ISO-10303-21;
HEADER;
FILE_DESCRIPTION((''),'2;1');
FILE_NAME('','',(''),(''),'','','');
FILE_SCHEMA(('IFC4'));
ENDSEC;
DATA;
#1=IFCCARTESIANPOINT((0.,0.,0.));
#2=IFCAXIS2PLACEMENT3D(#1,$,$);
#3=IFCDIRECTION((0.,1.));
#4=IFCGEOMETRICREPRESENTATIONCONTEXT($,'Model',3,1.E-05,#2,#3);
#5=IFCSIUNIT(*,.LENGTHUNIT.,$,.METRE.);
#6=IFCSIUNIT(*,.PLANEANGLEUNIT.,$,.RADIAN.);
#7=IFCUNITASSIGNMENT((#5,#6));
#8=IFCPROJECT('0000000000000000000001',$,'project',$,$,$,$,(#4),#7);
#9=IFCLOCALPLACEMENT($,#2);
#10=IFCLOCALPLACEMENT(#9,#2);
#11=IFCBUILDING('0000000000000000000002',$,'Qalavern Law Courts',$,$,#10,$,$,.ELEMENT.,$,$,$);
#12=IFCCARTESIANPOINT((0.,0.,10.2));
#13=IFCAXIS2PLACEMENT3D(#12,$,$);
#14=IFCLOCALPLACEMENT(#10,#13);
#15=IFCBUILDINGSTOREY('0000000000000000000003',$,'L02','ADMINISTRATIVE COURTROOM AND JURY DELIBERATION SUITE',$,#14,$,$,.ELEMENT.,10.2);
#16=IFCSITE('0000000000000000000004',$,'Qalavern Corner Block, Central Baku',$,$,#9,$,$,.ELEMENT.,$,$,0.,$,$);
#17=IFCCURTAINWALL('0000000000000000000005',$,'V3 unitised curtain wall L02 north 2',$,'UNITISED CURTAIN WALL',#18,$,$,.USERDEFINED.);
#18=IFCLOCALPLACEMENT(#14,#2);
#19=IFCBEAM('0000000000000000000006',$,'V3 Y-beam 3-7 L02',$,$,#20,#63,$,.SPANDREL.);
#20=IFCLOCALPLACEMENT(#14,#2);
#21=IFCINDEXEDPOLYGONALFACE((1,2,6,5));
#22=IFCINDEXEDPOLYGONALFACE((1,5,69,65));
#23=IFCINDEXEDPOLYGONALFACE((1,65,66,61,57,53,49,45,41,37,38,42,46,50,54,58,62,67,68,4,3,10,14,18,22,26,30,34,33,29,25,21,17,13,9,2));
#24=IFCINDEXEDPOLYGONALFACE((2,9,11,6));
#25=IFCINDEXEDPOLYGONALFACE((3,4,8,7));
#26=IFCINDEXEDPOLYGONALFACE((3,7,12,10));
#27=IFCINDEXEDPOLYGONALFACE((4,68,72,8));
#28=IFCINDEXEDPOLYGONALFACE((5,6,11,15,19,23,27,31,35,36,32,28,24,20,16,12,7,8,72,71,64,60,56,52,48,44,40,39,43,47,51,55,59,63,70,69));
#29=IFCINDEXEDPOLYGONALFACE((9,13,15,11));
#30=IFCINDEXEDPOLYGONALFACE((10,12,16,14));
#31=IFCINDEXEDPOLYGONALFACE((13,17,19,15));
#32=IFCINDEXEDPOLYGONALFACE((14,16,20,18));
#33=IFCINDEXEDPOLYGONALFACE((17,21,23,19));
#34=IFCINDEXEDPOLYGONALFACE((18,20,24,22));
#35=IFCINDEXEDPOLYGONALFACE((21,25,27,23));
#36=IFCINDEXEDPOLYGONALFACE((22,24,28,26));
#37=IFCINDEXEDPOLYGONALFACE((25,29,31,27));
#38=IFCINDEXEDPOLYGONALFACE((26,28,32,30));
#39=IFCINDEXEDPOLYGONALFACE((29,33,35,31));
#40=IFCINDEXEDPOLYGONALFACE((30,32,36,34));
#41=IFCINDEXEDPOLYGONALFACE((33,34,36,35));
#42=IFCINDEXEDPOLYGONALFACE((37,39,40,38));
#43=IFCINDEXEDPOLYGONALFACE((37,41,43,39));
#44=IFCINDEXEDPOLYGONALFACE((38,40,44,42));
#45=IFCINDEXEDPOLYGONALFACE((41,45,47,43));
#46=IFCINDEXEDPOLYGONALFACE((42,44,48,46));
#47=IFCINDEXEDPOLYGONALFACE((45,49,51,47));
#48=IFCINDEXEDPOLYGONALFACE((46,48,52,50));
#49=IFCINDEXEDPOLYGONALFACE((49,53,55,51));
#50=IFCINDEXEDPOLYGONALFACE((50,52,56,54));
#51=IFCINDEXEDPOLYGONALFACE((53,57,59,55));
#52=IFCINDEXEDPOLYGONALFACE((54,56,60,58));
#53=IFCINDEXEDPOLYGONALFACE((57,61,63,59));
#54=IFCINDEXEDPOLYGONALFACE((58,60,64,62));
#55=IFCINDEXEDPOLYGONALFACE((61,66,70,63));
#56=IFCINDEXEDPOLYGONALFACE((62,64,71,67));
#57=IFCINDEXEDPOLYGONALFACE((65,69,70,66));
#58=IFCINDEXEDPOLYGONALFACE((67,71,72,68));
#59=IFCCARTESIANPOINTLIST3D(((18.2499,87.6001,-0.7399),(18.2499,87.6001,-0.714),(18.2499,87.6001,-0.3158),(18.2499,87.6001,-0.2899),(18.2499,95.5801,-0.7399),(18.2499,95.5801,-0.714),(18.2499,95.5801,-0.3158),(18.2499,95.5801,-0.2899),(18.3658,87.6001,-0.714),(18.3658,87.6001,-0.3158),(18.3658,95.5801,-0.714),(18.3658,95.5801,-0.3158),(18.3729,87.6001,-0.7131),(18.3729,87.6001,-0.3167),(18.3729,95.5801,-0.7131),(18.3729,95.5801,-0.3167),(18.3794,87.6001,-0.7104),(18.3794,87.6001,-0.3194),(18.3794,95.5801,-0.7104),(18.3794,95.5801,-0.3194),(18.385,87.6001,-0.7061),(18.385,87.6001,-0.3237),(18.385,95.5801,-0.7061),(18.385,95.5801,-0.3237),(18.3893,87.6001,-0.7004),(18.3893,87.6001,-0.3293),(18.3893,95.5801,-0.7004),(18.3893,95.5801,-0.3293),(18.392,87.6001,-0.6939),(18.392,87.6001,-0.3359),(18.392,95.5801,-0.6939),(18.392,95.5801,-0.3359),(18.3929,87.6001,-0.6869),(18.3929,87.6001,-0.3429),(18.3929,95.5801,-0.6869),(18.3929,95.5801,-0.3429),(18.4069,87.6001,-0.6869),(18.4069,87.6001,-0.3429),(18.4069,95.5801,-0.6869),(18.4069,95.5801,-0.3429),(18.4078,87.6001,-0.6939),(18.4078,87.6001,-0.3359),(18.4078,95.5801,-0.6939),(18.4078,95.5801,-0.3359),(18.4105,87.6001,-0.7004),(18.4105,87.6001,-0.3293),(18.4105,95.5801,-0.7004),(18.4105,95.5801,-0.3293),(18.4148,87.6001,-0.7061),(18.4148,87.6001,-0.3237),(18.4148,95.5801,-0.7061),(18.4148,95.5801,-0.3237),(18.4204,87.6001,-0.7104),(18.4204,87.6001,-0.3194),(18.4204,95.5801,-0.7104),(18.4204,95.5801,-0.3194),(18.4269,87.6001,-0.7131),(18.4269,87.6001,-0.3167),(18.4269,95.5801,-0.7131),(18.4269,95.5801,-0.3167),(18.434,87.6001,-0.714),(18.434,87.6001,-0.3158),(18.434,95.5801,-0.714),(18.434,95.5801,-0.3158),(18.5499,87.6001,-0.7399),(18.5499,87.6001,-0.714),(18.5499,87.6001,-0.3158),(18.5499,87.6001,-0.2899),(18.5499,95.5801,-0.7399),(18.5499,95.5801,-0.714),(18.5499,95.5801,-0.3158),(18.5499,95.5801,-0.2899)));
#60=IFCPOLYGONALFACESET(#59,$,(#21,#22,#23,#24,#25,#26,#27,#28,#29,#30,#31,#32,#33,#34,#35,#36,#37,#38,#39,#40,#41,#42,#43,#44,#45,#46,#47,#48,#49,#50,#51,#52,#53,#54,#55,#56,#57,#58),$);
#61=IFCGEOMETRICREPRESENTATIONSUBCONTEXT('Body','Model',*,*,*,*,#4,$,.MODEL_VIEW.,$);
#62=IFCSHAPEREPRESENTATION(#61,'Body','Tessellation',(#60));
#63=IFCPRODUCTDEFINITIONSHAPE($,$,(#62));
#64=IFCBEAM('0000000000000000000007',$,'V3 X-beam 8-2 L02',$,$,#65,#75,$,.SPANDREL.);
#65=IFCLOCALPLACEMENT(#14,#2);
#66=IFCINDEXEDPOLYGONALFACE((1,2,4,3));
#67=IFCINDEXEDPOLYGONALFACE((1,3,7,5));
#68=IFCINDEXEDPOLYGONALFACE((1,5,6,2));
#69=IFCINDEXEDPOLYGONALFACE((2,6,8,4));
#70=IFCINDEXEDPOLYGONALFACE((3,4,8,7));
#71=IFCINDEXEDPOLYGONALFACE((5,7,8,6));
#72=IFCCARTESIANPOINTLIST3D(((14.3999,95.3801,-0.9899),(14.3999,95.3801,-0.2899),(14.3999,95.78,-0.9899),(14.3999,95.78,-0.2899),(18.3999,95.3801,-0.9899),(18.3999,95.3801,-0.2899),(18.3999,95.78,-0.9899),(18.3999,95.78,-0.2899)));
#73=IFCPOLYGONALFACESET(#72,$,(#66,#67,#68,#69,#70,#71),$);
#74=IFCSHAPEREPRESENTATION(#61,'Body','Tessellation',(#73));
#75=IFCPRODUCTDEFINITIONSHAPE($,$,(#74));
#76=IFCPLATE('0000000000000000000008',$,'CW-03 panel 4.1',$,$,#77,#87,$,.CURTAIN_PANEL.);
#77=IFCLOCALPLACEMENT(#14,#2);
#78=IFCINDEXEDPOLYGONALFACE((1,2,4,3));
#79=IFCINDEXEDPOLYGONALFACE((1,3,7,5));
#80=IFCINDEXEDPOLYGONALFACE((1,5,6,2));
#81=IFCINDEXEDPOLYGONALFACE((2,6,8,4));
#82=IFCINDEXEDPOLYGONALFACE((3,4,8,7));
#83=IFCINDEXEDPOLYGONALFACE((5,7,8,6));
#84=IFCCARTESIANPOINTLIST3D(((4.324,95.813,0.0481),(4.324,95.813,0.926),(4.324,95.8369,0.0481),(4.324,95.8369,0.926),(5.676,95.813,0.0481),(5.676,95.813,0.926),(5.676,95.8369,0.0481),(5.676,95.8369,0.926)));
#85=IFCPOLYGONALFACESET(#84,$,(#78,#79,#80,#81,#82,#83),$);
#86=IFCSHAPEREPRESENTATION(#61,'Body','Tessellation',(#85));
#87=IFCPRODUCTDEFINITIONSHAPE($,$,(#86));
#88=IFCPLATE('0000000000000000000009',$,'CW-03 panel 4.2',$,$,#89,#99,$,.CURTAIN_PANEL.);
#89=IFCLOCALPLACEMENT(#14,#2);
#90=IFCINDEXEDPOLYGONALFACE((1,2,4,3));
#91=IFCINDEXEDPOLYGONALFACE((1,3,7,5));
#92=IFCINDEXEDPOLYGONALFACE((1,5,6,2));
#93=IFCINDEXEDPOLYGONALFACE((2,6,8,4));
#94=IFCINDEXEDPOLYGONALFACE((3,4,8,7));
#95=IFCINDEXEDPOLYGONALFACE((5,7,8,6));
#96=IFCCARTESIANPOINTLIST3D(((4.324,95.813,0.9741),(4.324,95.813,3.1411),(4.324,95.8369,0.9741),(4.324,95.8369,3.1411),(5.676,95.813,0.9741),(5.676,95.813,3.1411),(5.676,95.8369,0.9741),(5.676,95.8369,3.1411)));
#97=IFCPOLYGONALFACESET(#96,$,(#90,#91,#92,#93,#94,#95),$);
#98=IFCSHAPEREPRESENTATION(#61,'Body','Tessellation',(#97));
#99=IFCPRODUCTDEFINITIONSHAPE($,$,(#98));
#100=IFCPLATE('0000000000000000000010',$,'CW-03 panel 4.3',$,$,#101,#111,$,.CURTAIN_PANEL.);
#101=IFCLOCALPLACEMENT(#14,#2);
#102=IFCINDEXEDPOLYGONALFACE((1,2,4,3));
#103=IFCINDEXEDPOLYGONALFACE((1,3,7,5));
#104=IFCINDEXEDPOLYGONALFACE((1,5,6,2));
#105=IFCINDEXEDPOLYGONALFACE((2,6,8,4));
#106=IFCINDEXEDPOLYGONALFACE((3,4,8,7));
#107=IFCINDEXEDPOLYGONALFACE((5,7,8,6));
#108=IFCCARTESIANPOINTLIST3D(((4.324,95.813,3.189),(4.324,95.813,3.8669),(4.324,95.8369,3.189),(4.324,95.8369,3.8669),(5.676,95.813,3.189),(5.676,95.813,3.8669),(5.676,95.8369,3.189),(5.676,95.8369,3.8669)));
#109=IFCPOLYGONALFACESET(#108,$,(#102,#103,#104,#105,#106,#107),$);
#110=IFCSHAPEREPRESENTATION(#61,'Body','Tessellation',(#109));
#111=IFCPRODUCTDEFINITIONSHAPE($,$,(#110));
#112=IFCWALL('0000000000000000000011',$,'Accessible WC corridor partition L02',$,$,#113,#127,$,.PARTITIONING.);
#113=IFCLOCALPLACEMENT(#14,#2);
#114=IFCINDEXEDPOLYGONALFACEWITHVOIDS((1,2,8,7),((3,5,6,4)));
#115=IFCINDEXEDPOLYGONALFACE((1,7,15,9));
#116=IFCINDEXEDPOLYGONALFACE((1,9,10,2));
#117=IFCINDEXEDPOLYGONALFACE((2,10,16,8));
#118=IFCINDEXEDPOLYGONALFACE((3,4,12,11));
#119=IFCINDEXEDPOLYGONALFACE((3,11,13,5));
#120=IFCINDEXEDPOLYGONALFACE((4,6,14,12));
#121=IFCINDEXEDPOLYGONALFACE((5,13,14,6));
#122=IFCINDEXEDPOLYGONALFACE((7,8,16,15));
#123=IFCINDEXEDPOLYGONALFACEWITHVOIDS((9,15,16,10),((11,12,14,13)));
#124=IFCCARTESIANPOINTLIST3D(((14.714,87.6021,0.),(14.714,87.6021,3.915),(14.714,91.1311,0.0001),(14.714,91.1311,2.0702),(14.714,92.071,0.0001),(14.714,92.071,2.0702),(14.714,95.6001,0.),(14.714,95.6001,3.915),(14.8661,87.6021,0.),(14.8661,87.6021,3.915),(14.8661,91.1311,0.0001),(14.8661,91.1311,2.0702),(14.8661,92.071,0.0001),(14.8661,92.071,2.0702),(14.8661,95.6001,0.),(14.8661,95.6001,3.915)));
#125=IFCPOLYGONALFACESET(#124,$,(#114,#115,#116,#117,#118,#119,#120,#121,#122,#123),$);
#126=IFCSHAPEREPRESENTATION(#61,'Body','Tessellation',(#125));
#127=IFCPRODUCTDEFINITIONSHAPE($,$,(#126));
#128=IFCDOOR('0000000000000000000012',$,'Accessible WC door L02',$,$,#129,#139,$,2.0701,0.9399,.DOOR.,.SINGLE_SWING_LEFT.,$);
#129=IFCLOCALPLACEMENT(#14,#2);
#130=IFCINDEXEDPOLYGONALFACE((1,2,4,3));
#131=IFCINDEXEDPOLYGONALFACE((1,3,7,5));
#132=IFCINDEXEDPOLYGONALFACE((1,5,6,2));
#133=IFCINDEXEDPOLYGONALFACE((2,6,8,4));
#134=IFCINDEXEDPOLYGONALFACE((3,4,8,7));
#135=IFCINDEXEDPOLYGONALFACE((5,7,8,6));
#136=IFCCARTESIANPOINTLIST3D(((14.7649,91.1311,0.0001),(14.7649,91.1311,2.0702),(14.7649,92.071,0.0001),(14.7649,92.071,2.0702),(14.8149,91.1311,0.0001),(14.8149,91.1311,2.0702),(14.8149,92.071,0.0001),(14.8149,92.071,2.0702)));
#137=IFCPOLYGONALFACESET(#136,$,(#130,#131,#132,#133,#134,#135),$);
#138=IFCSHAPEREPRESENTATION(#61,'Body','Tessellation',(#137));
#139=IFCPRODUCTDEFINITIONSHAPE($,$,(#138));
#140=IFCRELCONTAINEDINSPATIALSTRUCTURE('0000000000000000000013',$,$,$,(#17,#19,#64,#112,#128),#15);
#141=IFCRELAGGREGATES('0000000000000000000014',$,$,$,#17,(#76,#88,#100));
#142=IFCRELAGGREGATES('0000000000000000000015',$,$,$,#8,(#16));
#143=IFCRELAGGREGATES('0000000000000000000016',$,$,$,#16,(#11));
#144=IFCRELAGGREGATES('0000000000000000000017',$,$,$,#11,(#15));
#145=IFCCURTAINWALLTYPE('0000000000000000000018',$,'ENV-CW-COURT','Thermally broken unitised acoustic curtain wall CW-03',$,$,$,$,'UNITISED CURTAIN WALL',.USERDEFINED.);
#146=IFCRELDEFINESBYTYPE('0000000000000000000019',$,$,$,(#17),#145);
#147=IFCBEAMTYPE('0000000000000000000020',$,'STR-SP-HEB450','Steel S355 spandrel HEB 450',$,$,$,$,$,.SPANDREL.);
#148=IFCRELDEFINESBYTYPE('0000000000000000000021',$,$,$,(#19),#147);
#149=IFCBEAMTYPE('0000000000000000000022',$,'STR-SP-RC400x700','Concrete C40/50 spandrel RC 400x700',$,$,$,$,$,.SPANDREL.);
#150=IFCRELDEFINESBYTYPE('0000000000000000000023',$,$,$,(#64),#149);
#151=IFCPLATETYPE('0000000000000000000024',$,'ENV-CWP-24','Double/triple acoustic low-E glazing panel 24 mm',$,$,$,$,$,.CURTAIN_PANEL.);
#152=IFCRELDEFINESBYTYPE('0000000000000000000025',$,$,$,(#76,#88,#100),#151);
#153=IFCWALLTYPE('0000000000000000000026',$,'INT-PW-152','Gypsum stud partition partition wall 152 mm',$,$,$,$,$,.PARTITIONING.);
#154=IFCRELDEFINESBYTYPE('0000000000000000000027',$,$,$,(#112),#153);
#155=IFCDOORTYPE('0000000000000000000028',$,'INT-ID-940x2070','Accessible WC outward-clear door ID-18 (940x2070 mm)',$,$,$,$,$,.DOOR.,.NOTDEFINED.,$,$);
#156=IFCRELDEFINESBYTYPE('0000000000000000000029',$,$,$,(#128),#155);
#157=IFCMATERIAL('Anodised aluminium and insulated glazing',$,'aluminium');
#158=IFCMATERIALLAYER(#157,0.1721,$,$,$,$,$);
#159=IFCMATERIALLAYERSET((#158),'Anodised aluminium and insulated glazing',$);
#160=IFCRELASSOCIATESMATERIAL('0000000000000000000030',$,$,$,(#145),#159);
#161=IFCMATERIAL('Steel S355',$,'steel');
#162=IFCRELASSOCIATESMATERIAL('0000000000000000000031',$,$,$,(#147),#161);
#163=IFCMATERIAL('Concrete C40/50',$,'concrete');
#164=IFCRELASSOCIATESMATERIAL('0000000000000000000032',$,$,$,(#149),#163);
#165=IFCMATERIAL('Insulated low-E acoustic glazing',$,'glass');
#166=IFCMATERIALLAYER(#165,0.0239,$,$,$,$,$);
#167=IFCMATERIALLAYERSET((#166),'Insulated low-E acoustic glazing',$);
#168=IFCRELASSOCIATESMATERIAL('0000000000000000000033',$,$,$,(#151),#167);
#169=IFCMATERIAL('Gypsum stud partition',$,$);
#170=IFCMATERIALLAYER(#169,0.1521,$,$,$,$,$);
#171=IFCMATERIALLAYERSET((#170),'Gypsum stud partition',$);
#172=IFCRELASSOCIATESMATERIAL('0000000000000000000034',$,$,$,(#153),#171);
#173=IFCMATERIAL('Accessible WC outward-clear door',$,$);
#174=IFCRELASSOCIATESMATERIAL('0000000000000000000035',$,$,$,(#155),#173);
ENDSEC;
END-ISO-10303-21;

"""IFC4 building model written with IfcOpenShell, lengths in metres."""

from ifc_helpers import new_model, si_unit, direction, frame, frame_2d, origin, origin_2d, place, context, subcontext, project, spatial, rectangle, i_section, extrude, material, layer, layer_set, material_profile, profile_set, type_object, element, fill, aggregate, save


model = new_model("IFC4")

# Units and contexts
model_context = context("Model", 3, precision=1e-05, world=origin(), true_north=direction((0.0, 1.0)))
body_context = subcontext(model_context, "Body", "Model", "MODEL_VIEW")
ifc_project = project(units=[si_unit("LENGTHUNIT", "METRE"), si_unit("PLANEANGLEUNIT", "RADIAN")], contexts=[model_context])

# Site, building, storey
site_placement = place(None, origin())
site = spatial("IfcSite", under=ifc_project, at=site_placement, Name="Qalavern Corner Block, Central Baku", CompositionType="ELEMENT", RefElevation=0.0)
building_placement = place(site_placement, origin())
building = spatial("IfcBuilding", under=site, at=building_placement, Name="Qalavern Law Courts", CompositionType="ELEMENT")
storey_placement = place(building_placement, frame((0.0, 0.0, 10.2)))
storey = spatial("IfcBuildingStorey", under=building, at=storey_placement, Name="L02", Description="ADMINISTRATIVE COURTROOM AND JURY DELIBERATION SUITE", CompositionType="ELEMENT", Elevation=10.2)

# Curtain wall
ifc_material_1 = material(Name="Anodised aluminium and insulated glazing", Category="aluminium")
ifc_layer_1 = layer(ifc_material_1, 0.1721)
ifc_layer_set_1 = layer_set([ifc_layer_1], Name="Anodised aluminium and insulated glazing")
curtain_wall_type = type_object("IfcCurtainWallType", Name="ENV-CW-COURT", Description="Thermally broken unitised acoustic curtain wall CW-03", ElementType="UNITISED CURTAIN WALL", PredefinedType="USERDEFINED", material=ifc_layer_set_1)
curtain_wall_placement = place(storey_placement, origin())
curtain_wall = element("IfcCurtainWall", 1, at=curtain_wall_placement, inside=storey, type_object=curtain_wall_type, Name="V3 unitised curtain wall L02 north 2", ObjectType="UNITISED CURTAIN WALL", PredefinedType="USERDEFINED")

# Beams
ifc_material_2 = material(Name="Steel S355", Category="steel")
ifc_material_profile_1 = material_profile(ifc_material_2, i_section(OverallWidth=0.3, OverallDepth=0.45, WebThickness=0.0139, FlangeThickness=0.0259, FilletRadius=0.0271, at=origin_2d()), Name="HEB 450")
ifc_profile_set_1 = profile_set([ifc_material_profile_1], Name="Steel S355")
beam_type_1 = type_object("IfcBeamType", Name="STR-SP-HEB450", Description="Steel S355 spandrel HEB 450", PredefinedType="SPANDREL", material=ifc_profile_set_1)
beam_1_placement = place(storey_placement, frame((18.3999, 87.6001, -0.5149), z_axis=(0.0, 1.0, 0.0), x_axis=(-1.0, 0.0, 0.0)))
element("IfcBeam", 2, at=beam_1_placement, inside=storey, type_object=beam_type_1, Name="V3 Y-beam 3-7 L02", PredefinedType="SPANDREL", context=body_context, shape_type="SweptSolid", body=[
    extrude(i_section(OverallWidth=0.3, OverallDepth=0.45, WebThickness=0.0139, FlangeThickness=0.0259, FilletRadius=0.0271, at=origin_2d()), origin(), (0.0, 0.0, 1.0), 7.98),
])
ifc_material_3 = material(Name="Concrete C40/50", Category="concrete")
ifc_material_profile_2 = material_profile(ifc_material_3, rectangle(XDim=0.3999, YDim=0.7, at=origin_2d()), Name="RC 400x700")
ifc_profile_set_2 = profile_set([ifc_material_profile_2], Name="Concrete C40/50")
beam_type_2 = type_object("IfcBeamType", Name="STR-SP-RC400x700", Description="Concrete C40/50 spandrel RC 400x700", PredefinedType="SPANDREL", material=ifc_profile_set_2)
beam_2_placement = place(storey_placement, frame((14.3999, 95.5801, -0.6399), z_axis=(1.0, 0.0, 0.0), x_axis=(0.0, 1.0, 0.0)))
element("IfcBeam", 3, at=beam_2_placement, inside=storey, type_object=beam_type_2, Name="V3 X-beam 8-2 L02", PredefinedType="SPANDREL", context=body_context, shape_type="SweptSolid", body=[
    extrude(rectangle(XDim=0.3999, YDim=0.7, at=origin_2d()), origin(), (0.0, 0.0, 1.0), 4.0),
])

# Plates
ifc_material_4 = material(Name="Insulated low-E acoustic glazing", Category="glass")
ifc_layer_2 = layer(ifc_material_4, 0.0239)
ifc_layer_set_2 = layer_set([ifc_layer_2], Name="Insulated low-E acoustic glazing")
plate_type = type_object("IfcPlateType", Name="ENV-CWP-24", Description="Double/triple acoustic low-E glazing panel 24 mm", PredefinedType="CURTAIN_PANEL", material=ifc_layer_set_2)
plate_1_placement = place(storey_placement, frame((5.0, 95.825, 0.0481), z_axis=(0.0, 0.0, 1.0), x_axis=(-1.0, 0.0, 0.0)))
plate_1 = element("IfcPlate", 4, at=plate_1_placement, type_object=plate_type, Name="CW-03 panel 4.1", PredefinedType="CURTAIN_PANEL", context=body_context, shape_type="SweptSolid", body=[
    extrude(rectangle(XDim=1.3521, YDim=0.0239, at=origin_2d()), origin(), (0.0, 0.0, 1.0), 0.8779),
])
plate_2_placement = place(storey_placement, frame((5.0, 95.825, 0.9741), z_axis=(0.0, 0.0, 1.0), x_axis=(-1.0, 0.0, 0.0)))
plate_2 = element("IfcPlate", 5, at=plate_2_placement, type_object=plate_type, Name="CW-03 panel 4.2", PredefinedType="CURTAIN_PANEL", context=body_context, shape_type="SweptSolid", body=[
    extrude(rectangle(XDim=1.3521, YDim=0.0239, at=origin_2d()), origin(), (0.0, 0.0, 1.0), 2.167),
])
plate_3_placement = place(storey_placement, frame((5.0, 95.825, 3.189), z_axis=(0.0, 0.0, 1.0), x_axis=(-1.0, 0.0, 0.0)))
plate_3 = element("IfcPlate", 6, at=plate_3_placement, type_object=plate_type, Name="CW-03 panel 4.3", PredefinedType="CURTAIN_PANEL", context=body_context, shape_type="SweptSolid", body=[
    extrude(rectangle(XDim=1.3521, YDim=0.0239, at=origin_2d()), origin(), (0.0, 0.0, 1.0), 0.678),
])
aggregate(curtain_wall, [plate_1, plate_2, plate_3])

# Wall, opening, door
ifc_material_5 = material(Name="Gypsum stud partition")
ifc_layer_3 = layer(ifc_material_5, 0.1521)
ifc_layer_set_3 = layer_set([ifc_layer_3], Name="Gypsum stud partition")
wall_type = type_object("IfcWallType", Name="INT-PW-152", Description="Gypsum stud partition partition wall 152 mm", PredefinedType="PARTITIONING", material=ifc_layer_set_3)
wall_placement = place(storey_placement, frame((14.79, 87.6021, 0.0), z_axis=(0.0, 0.0, 1.0), x_axis=(0.0, 1.0, 0.0)))
wall = element("IfcWall", 7, at=wall_placement, inside=storey, type_object=wall_type, Name="Accessible WC corridor partition L02", PredefinedType="PARTITIONING", context=body_context, shape_type="SweptSolid", body=[
    extrude(rectangle(XDim=7.998, YDim=0.1521, at=frame_2d((3.999, 0.0))), origin(), (0.0, 0.0, 1.0), 3.915),
])
opening_placement = place(wall_placement, frame((3.5291, 0.0, 0.0)))
opening = element("IfcOpeningElement", 8, at=opening_placement, cuts=wall, PredefinedType="OPENING", context=body_context, shape_type="SweptSolid", body=[
    extrude(rectangle(XDim=0.9399, YDim=2.0701, at=frame_2d((0.47, 1.0352))), frame((0.0, 0.0908, 0.0), z_axis=(0.0, -1.0, 0.0), x_axis=(1.0, 0.0, 0.0)), (0.0, 0.0, 1.0), 0.1819),
])
ifc_material_6 = material(Name="Accessible WC outward-clear door")
door_type = type_object("IfcDoorType", Name="INT-ID-940x2070", Description="Accessible WC outward-clear door ID-18 (940x2070 mm)", OperationType="NOTDEFINED", PredefinedType="DOOR", material=ifc_material_6)
door_placement = place(opening_placement, frame((0.9399, 0.0, 0.0), z_axis=(0.0, 0.0, 1.0), x_axis=(-1.0, 0.0, 0.0)))
door = element("IfcDoor", 9, at=door_placement, inside=storey, type_object=door_type, Name="Accessible WC door L02", OperationType="SINGLE_SWING_LEFT", OverallHeight=2.0701, OverallWidth=0.9399, PredefinedType="DOOR", context=body_context, shape_type="SweptSolid", body=[
    extrude(rectangle(XDim=0.9399, YDim=2.0701, at=frame_2d((0.47, 1.0352))), frame((0.0, 0.0249, 0.0), z_axis=(0.0, -1.0, 0.0), x_axis=(1.0, 0.0, 0.0)), (0.0, 0.0, 1.0), 0.05),
])
fill(opening, door)

save(model, "model.ifc")
